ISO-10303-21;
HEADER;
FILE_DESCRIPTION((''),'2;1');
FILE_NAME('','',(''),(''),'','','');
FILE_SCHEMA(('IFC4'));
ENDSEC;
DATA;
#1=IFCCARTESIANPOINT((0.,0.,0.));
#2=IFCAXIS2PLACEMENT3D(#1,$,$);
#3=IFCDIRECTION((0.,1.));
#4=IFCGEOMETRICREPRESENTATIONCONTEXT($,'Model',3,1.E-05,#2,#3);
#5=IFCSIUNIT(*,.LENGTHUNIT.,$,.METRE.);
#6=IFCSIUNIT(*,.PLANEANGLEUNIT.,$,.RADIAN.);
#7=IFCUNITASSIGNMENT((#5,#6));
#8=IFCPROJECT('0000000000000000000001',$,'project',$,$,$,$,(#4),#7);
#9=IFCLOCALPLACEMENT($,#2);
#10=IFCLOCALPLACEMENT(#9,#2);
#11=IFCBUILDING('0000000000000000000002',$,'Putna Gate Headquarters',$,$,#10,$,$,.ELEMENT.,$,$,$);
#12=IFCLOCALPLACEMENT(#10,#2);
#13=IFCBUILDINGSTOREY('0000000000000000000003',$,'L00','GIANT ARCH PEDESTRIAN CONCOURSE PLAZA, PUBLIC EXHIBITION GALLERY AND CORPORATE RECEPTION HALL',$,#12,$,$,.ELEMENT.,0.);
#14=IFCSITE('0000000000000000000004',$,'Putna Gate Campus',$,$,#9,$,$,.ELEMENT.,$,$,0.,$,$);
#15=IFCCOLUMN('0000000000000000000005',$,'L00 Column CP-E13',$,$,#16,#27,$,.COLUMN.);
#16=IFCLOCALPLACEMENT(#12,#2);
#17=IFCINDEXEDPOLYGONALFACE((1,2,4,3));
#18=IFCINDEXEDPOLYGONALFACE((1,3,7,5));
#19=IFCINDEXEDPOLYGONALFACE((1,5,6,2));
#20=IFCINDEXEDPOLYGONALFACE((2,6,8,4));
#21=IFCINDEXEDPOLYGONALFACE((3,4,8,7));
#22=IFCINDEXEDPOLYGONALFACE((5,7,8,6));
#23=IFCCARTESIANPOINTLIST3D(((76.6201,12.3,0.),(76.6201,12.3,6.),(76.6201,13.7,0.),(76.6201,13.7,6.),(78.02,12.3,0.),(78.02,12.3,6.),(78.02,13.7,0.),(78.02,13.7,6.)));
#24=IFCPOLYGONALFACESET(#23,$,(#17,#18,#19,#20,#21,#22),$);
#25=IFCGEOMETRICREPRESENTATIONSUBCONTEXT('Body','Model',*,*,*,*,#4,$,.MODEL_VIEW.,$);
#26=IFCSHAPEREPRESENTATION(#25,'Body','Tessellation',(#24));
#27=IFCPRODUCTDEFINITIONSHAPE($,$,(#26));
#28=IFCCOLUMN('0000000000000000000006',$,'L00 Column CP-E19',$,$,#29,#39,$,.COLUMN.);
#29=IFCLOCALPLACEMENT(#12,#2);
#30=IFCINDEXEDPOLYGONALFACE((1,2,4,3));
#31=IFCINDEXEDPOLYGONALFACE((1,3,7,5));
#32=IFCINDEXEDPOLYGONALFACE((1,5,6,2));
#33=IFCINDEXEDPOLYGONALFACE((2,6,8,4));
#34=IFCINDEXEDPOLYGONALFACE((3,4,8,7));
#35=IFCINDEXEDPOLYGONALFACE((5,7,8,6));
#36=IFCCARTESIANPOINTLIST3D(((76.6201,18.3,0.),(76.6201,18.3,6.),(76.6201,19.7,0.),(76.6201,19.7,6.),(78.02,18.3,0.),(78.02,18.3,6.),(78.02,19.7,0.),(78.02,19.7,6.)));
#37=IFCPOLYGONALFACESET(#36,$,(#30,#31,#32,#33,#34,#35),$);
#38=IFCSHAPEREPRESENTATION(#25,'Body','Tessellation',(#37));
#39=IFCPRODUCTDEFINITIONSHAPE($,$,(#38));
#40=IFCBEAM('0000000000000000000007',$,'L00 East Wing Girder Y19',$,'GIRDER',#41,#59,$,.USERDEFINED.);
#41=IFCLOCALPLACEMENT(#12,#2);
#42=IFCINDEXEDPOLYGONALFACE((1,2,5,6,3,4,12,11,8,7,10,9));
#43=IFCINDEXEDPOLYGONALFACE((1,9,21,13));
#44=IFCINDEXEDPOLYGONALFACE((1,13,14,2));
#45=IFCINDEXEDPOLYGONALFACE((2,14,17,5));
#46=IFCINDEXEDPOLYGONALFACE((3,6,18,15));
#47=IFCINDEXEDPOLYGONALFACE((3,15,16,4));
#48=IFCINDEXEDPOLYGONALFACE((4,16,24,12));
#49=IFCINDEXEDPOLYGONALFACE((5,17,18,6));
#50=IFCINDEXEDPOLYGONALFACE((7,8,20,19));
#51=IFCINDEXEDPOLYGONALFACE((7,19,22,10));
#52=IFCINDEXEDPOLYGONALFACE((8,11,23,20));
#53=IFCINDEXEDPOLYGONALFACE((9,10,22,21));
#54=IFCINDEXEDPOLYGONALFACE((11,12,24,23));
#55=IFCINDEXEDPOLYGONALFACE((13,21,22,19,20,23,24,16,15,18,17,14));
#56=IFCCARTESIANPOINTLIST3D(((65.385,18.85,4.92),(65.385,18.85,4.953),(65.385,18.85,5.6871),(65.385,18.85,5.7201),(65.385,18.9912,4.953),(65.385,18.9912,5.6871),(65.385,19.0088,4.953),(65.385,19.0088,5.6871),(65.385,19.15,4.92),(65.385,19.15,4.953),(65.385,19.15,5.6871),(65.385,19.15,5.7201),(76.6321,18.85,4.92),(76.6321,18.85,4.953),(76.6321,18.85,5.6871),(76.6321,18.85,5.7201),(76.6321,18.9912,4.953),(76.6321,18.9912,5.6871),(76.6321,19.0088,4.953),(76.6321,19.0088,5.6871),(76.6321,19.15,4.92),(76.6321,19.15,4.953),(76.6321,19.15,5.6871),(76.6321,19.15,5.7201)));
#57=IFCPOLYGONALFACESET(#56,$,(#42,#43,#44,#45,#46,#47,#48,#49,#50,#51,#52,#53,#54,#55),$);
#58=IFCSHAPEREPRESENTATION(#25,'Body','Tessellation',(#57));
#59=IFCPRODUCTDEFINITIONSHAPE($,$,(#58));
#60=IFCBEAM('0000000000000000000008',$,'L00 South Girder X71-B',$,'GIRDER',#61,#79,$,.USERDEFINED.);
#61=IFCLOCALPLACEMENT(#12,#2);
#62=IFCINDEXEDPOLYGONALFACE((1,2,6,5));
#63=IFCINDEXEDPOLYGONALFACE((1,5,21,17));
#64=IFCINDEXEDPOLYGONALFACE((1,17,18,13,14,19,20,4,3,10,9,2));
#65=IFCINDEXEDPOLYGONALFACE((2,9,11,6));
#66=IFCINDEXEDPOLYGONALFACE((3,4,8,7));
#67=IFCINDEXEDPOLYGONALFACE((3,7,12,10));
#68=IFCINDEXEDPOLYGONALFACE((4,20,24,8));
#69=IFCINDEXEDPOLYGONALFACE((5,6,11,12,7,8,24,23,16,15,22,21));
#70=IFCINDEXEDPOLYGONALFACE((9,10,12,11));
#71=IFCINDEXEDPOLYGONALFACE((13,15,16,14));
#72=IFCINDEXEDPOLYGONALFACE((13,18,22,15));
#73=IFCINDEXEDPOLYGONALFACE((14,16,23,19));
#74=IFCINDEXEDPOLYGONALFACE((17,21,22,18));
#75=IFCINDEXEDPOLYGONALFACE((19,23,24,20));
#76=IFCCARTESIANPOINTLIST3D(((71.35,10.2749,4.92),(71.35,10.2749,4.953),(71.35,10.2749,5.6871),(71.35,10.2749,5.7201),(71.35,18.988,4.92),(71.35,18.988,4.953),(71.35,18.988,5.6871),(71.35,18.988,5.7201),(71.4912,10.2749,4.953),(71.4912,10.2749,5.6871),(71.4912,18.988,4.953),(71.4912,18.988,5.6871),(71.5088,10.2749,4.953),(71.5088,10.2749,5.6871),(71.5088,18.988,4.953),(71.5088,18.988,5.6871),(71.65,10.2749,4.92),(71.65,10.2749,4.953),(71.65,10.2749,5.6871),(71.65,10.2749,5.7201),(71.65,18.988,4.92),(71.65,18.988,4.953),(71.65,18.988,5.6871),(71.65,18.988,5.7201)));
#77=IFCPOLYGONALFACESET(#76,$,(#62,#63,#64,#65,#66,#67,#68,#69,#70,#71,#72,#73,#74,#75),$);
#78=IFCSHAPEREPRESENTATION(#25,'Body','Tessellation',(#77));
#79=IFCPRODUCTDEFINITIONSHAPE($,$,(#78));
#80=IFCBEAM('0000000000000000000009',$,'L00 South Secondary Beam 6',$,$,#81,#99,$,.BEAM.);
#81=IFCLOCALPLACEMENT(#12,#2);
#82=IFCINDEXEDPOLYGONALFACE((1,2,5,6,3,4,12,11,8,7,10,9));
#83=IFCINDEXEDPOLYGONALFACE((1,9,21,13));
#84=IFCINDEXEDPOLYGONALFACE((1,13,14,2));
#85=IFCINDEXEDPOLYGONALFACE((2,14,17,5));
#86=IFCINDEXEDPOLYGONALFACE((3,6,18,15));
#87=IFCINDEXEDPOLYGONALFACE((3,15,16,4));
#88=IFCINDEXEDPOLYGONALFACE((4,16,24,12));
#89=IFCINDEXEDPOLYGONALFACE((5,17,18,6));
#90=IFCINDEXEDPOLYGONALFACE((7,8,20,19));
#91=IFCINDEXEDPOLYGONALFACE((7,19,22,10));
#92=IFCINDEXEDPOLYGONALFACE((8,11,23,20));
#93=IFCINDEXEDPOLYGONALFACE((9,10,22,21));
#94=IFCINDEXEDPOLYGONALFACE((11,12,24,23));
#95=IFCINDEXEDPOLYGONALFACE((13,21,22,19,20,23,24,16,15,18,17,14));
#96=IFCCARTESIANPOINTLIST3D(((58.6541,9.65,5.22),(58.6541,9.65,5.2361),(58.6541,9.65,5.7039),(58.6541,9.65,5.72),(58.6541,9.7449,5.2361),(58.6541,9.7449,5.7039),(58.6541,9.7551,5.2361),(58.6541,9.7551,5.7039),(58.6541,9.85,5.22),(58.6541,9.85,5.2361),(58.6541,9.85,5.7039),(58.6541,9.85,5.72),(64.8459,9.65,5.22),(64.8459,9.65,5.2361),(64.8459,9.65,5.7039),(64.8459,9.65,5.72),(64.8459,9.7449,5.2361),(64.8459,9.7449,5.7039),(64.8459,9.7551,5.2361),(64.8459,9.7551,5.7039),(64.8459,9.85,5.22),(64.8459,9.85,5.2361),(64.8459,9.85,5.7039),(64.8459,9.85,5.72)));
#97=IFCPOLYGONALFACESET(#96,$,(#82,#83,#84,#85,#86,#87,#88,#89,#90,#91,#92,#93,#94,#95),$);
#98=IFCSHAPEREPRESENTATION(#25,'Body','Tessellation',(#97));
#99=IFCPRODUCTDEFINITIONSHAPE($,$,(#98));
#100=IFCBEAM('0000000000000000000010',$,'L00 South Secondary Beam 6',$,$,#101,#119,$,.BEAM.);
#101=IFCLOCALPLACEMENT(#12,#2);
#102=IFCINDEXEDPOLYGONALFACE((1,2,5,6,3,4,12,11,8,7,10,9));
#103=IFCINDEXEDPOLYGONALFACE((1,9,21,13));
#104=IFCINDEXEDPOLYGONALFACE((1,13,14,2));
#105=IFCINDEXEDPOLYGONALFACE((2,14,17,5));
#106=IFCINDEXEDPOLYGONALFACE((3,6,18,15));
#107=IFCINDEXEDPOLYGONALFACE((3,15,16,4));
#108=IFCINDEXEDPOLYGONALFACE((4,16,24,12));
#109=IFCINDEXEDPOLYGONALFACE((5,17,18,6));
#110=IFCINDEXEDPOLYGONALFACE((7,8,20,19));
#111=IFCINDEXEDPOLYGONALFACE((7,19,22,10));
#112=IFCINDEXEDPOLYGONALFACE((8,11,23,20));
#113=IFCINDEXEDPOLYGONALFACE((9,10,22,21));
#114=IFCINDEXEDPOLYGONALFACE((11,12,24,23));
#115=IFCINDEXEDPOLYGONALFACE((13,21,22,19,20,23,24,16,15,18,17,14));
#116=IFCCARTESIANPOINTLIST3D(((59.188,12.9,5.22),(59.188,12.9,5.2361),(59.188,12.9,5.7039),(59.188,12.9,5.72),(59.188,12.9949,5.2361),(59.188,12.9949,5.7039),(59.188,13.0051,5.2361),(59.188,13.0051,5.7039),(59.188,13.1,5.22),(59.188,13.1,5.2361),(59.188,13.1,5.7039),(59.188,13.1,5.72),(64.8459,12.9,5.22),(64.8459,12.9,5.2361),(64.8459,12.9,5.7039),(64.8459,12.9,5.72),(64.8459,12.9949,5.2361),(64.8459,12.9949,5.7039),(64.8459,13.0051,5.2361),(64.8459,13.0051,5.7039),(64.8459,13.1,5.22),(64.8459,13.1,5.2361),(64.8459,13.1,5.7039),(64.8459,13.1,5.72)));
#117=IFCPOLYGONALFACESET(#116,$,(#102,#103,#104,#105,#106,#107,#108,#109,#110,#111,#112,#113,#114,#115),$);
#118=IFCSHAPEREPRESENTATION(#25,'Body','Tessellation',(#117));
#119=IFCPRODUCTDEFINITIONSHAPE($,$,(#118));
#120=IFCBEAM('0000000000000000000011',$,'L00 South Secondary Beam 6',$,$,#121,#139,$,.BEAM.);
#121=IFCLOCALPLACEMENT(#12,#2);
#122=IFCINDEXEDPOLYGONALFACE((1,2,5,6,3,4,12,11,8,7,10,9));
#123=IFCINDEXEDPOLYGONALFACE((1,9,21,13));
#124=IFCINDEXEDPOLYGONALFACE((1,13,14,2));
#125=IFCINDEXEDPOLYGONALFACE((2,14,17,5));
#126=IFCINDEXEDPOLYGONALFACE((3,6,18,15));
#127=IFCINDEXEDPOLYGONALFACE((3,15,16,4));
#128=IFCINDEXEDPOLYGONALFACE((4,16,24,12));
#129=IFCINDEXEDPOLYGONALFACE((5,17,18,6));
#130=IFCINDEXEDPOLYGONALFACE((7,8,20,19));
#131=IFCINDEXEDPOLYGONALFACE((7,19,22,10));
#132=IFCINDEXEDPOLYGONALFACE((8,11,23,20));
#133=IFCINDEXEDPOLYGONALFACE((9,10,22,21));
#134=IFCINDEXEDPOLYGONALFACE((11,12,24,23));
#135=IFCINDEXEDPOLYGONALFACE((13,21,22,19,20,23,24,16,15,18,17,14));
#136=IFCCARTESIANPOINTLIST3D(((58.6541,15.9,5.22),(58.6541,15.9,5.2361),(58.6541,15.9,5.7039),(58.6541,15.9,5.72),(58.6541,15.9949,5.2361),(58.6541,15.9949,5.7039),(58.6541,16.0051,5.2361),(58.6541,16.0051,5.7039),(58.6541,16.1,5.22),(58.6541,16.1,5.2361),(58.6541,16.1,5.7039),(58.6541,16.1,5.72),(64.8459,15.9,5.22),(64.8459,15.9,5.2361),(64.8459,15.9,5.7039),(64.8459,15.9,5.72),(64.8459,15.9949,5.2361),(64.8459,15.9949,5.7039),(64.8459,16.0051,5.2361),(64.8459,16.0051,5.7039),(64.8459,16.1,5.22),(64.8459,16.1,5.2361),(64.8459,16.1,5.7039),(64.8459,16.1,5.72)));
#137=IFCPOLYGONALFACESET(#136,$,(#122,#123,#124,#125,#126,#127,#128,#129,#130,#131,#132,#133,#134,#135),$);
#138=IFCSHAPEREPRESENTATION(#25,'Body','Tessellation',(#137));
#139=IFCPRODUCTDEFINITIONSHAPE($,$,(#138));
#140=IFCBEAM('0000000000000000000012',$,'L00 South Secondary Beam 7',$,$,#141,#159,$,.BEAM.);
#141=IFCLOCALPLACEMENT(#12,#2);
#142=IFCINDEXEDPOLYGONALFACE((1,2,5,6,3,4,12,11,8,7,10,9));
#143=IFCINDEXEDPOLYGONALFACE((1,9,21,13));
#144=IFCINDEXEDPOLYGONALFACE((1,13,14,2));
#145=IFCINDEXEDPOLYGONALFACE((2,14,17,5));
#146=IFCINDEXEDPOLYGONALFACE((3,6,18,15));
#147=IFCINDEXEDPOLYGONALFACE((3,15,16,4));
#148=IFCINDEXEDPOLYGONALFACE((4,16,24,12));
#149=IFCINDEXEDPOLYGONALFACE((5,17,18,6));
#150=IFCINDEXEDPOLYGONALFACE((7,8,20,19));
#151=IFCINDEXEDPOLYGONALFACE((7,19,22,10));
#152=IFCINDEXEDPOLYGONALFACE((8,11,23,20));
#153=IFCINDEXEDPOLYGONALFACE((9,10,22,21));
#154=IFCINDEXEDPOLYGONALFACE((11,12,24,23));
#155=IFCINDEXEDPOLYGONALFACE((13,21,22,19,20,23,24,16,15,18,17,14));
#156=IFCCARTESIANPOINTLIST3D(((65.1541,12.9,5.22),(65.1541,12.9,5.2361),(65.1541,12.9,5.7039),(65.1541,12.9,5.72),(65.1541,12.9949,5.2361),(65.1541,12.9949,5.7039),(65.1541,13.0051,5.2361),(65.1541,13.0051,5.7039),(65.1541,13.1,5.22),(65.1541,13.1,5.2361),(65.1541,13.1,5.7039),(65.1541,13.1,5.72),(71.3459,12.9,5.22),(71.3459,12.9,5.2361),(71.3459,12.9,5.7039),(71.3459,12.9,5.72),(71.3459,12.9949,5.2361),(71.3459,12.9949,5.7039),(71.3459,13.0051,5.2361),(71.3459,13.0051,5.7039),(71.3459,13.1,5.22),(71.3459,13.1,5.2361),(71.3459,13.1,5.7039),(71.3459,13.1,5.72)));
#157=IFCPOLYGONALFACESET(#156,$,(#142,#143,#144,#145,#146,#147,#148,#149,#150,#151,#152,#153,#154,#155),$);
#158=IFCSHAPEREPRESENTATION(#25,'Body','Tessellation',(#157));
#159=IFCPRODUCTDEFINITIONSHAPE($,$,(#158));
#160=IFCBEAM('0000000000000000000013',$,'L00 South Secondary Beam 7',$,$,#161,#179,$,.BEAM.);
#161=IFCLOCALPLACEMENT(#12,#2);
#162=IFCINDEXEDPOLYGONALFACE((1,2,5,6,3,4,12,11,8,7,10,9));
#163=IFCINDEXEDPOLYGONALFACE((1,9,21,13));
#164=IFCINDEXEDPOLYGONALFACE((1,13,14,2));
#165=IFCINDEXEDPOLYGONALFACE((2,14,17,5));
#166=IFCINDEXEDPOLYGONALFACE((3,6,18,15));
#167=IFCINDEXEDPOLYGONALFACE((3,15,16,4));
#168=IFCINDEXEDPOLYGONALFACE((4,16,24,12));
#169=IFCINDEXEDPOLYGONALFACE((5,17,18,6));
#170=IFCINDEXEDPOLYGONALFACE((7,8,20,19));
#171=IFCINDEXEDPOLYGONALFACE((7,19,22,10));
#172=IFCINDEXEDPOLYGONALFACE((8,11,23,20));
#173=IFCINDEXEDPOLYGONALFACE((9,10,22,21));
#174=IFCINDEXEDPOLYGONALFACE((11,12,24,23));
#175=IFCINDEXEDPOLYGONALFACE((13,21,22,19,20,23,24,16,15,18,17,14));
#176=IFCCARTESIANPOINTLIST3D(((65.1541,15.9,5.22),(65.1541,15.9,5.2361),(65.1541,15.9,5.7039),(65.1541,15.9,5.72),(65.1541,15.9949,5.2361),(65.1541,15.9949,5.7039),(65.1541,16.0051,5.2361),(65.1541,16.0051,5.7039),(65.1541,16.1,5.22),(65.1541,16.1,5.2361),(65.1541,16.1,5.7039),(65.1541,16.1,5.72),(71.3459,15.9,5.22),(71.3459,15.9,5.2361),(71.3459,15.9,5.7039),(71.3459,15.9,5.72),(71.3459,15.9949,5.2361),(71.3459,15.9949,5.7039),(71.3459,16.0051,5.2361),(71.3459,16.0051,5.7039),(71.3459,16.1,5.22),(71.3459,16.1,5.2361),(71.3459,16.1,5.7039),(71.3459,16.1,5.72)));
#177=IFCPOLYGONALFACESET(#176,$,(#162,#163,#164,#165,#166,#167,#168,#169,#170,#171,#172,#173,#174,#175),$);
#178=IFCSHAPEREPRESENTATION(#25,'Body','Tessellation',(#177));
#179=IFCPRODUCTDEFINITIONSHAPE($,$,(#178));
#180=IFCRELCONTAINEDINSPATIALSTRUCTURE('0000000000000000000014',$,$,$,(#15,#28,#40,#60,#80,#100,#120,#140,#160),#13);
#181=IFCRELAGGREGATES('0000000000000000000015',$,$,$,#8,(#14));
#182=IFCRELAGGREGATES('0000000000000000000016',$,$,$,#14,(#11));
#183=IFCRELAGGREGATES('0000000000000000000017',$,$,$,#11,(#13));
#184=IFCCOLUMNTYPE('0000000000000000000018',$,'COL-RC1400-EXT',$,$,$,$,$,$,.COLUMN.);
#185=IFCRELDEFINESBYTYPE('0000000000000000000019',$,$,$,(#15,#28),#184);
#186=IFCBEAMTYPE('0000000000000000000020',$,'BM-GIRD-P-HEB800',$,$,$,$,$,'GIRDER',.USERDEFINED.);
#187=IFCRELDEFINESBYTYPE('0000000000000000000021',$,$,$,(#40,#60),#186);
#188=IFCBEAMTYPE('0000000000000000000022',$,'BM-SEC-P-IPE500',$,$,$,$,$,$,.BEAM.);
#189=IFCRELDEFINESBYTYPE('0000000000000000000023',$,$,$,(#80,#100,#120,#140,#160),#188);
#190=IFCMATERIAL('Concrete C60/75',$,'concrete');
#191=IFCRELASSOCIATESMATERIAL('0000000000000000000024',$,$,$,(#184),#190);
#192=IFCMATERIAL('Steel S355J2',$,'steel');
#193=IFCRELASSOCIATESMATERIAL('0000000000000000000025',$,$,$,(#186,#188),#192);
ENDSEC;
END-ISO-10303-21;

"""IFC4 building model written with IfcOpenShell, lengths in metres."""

from ifc_helpers import new_model, si_unit, direction, frame, origin, origin_2d, place, context, subcontext, project, spatial, rectangle, i_section, extrude, material, material_profile, profile_set, type_object, element, save


model = new_model("IFC4")

# Units and contexts
model_context = context("Model", 3, precision=1e-05, world=origin(), true_north=direction((0.0, 1.0)))
body_context = subcontext(model_context, "Body", "Model", "MODEL_VIEW")
ifc_project = project(units=[si_unit("LENGTHUNIT", "METRE"), si_unit("PLANEANGLEUNIT", "RADIAN")], contexts=[model_context])

# Site, building, storey
site_placement = place(None, origin())
site = spatial("IfcSite", under=ifc_project, at=site_placement, Name="Putna Gate Campus", CompositionType="ELEMENT", RefElevation=0.0)
building_placement = place(site_placement, origin())
building = spatial("IfcBuilding", under=site, at=building_placement, Name="Putna Gate Headquarters", CompositionType="ELEMENT")
storey_placement = place(building_placement, origin())
storey = spatial("IfcBuildingStorey", under=building, at=storey_placement, Name="L00", Description="GIANT ARCH PEDESTRIAN CONCOURSE PLAZA, PUBLIC EXHIBITION GALLERY AND CORPORATE RECEPTION HALL", CompositionType="ELEMENT", Elevation=0.0)

# Columns
ifc_material_1 = material(Name="Concrete C60/75", Category="concrete")
ifc_material_profile_1 = material_profile(ifc_material_1, rectangle(XDim=1.3999, YDim=1.3999, at=origin_2d()), Name="Concrete C60/75")
ifc_profile_set_1 = profile_set([ifc_material_profile_1], Name="Concrete C60/75")
column_type = type_object("IfcColumnType", Name="COL-RC1400-EXT", PredefinedType="COLUMN", material=ifc_profile_set_1)
for number, where, z_axis, x_axis, name in (
    (1, (77.3201, 13.0, 0.0), (0.0, 0.0, 1.0), (1.0, 0.0, 0.0), "L00 Column CP-E13"),
    (2, (77.3201, 19.0, 0.0), (0.0, 0.0, 1.0), (1.0, 0.0, 0.0), "L00 Column CP-E19"),
):
    element("IfcColumn", number, at=place(storey_placement, frame(where, z_axis=z_axis, x_axis=x_axis)), inside=storey, type_object=column_type, Name=name, PredefinedType="COLUMN", context=body_context, shape_type="SweptSolid", body=[
        extrude(rectangle(XDim=1.3999, YDim=1.3999, at=origin_2d()), origin(), (0.0, 0.0, 1.0), 6.0),
    ])

# Beams
ifc_material_2 = material(Name="Steel S355J2", Category="steel")
ifc_material_profile_2 = material_profile(ifc_material_2, i_section(OverallWidth=0.3, OverallDepth=0.8, WebThickness=0.0176, FlangeThickness=0.033, at=origin_2d()), Name="Steel S355J2")
ifc_profile_set_2 = profile_set([ifc_material_profile_2], Name="Steel S355J2")
beam_type_1 = type_object("IfcBeamType", Name="BM-GIRD-P-HEB800", ElementType="GIRDER", PredefinedType="USERDEFINED", material=ifc_profile_set_2)
beam_1_placement = place(storey_placement, frame((65.385, 19.0, 5.3201), z_axis=(1.0, 0.0, 0.0), x_axis=(0.0, 1.0, 0.0)))
element("IfcBeam", 3, at=beam_1_placement, inside=storey, type_object=beam_type_1, Name="L00 East Wing Girder Y19", ObjectType="GIRDER", PredefinedType="USERDEFINED", context=body_context, shape_type="SweptSolid", body=[
    extrude(i_section(OverallWidth=0.3, OverallDepth=0.8, WebThickness=0.0176, FlangeThickness=0.033, at=origin_2d()), origin(), (0.0, 0.0, 1.0), 11.2471),
])
beam_2_placement = place(storey_placement, frame((71.5, 10.2749, 5.3201), z_axis=(0.0, 1.0, 0.0), x_axis=(-1.0, 0.0, 0.0)))
element("IfcBeam", 4, at=beam_2_placement, inside=storey, type_object=beam_type_1, Name="L00 South Girder X71-B", ObjectType="GIRDER", PredefinedType="USERDEFINED", context=body_context, shape_type="SweptSolid", body=[
    extrude(i_section(OverallWidth=0.3, OverallDepth=0.8, WebThickness=0.0176, FlangeThickness=0.033, at=origin_2d()), origin(), (0.0, 0.0, 1.0), 8.7131),
])
ifc_material_profile_3 = material_profile(ifc_material_2, i_section(OverallWidth=0.2, OverallDepth=0.5, WebThickness=0.0103, FlangeThickness=0.0161, at=origin_2d()), Name="Steel S355J2")
ifc_profile_set_3 = profile_set([ifc_material_profile_3], Name="Steel S355J2")
beam_type_2 = type_object("IfcBeamType", Name="BM-SEC-P-IPE500", PredefinedType="BEAM", material=ifc_profile_set_3)
beam_3_placement = place(storey_placement, frame((58.6541, 9.75, 5.47), z_axis=(1.0, 0.0, 0.0), x_axis=(0.0, 1.0, 0.0)))
element("IfcBeam", 5, at=beam_3_placement, inside=storey, type_object=beam_type_2, Name="L00 South Secondary Beam 6", PredefinedType="BEAM", context=body_context, shape_type="SweptSolid", body=[
    extrude(i_section(OverallWidth=0.2, OverallDepth=0.5, WebThickness=0.0103, FlangeThickness=0.0161, at=origin_2d()), origin(), (0.0, 0.0, 1.0), 6.1919),
])
beam_4_placement = place(storey_placement, frame((59.188, 13.0, 5.47), z_axis=(1.0, 0.0, 0.0), x_axis=(0.0, 1.0, 0.0)))
element("IfcBeam", 6, at=beam_4_placement, inside=storey, type_object=beam_type_2, Name="L00 South Secondary Beam 6", PredefinedType="BEAM", context=body_context, shape_type="SweptSolid", body=[
    extrude(i_section(OverallWidth=0.2, OverallDepth=0.5, WebThickness=0.0103, FlangeThickness=0.0161, at=origin_2d()), origin(), (0.0, 0.0, 1.0), 5.658),
])
for number, where, z_axis, x_axis, name in (
    (7, (58.6541, 16.0, 5.47), (1.0, 0.0, 0.0), (0.0, 1.0, 0.0), "L00 South Secondary Beam 6"),
    (8, (65.1541, 13.0, 5.47), (1.0, 0.0, 0.0), (0.0, 1.0, 0.0), "L00 South Secondary Beam 7"),
    (9, (65.1541, 16.0, 5.47), (1.0, 0.0, 0.0), (0.0, 1.0, 0.0), "L00 South Secondary Beam 7"),
):
    element("IfcBeam", number, at=place(storey_placement, frame(where, z_axis=z_axis, x_axis=x_axis)), inside=storey, type_object=beam_type_2, Name=name, PredefinedType="BEAM", context=body_context, shape_type="SweptSolid", body=[
        extrude(i_section(OverallWidth=0.2, OverallDepth=0.5, WebThickness=0.0103, FlangeThickness=0.0161, at=origin_2d()), origin(), (0.0, 0.0, 1.0), 6.1919),
    ])

save(model, "model.ifc")
